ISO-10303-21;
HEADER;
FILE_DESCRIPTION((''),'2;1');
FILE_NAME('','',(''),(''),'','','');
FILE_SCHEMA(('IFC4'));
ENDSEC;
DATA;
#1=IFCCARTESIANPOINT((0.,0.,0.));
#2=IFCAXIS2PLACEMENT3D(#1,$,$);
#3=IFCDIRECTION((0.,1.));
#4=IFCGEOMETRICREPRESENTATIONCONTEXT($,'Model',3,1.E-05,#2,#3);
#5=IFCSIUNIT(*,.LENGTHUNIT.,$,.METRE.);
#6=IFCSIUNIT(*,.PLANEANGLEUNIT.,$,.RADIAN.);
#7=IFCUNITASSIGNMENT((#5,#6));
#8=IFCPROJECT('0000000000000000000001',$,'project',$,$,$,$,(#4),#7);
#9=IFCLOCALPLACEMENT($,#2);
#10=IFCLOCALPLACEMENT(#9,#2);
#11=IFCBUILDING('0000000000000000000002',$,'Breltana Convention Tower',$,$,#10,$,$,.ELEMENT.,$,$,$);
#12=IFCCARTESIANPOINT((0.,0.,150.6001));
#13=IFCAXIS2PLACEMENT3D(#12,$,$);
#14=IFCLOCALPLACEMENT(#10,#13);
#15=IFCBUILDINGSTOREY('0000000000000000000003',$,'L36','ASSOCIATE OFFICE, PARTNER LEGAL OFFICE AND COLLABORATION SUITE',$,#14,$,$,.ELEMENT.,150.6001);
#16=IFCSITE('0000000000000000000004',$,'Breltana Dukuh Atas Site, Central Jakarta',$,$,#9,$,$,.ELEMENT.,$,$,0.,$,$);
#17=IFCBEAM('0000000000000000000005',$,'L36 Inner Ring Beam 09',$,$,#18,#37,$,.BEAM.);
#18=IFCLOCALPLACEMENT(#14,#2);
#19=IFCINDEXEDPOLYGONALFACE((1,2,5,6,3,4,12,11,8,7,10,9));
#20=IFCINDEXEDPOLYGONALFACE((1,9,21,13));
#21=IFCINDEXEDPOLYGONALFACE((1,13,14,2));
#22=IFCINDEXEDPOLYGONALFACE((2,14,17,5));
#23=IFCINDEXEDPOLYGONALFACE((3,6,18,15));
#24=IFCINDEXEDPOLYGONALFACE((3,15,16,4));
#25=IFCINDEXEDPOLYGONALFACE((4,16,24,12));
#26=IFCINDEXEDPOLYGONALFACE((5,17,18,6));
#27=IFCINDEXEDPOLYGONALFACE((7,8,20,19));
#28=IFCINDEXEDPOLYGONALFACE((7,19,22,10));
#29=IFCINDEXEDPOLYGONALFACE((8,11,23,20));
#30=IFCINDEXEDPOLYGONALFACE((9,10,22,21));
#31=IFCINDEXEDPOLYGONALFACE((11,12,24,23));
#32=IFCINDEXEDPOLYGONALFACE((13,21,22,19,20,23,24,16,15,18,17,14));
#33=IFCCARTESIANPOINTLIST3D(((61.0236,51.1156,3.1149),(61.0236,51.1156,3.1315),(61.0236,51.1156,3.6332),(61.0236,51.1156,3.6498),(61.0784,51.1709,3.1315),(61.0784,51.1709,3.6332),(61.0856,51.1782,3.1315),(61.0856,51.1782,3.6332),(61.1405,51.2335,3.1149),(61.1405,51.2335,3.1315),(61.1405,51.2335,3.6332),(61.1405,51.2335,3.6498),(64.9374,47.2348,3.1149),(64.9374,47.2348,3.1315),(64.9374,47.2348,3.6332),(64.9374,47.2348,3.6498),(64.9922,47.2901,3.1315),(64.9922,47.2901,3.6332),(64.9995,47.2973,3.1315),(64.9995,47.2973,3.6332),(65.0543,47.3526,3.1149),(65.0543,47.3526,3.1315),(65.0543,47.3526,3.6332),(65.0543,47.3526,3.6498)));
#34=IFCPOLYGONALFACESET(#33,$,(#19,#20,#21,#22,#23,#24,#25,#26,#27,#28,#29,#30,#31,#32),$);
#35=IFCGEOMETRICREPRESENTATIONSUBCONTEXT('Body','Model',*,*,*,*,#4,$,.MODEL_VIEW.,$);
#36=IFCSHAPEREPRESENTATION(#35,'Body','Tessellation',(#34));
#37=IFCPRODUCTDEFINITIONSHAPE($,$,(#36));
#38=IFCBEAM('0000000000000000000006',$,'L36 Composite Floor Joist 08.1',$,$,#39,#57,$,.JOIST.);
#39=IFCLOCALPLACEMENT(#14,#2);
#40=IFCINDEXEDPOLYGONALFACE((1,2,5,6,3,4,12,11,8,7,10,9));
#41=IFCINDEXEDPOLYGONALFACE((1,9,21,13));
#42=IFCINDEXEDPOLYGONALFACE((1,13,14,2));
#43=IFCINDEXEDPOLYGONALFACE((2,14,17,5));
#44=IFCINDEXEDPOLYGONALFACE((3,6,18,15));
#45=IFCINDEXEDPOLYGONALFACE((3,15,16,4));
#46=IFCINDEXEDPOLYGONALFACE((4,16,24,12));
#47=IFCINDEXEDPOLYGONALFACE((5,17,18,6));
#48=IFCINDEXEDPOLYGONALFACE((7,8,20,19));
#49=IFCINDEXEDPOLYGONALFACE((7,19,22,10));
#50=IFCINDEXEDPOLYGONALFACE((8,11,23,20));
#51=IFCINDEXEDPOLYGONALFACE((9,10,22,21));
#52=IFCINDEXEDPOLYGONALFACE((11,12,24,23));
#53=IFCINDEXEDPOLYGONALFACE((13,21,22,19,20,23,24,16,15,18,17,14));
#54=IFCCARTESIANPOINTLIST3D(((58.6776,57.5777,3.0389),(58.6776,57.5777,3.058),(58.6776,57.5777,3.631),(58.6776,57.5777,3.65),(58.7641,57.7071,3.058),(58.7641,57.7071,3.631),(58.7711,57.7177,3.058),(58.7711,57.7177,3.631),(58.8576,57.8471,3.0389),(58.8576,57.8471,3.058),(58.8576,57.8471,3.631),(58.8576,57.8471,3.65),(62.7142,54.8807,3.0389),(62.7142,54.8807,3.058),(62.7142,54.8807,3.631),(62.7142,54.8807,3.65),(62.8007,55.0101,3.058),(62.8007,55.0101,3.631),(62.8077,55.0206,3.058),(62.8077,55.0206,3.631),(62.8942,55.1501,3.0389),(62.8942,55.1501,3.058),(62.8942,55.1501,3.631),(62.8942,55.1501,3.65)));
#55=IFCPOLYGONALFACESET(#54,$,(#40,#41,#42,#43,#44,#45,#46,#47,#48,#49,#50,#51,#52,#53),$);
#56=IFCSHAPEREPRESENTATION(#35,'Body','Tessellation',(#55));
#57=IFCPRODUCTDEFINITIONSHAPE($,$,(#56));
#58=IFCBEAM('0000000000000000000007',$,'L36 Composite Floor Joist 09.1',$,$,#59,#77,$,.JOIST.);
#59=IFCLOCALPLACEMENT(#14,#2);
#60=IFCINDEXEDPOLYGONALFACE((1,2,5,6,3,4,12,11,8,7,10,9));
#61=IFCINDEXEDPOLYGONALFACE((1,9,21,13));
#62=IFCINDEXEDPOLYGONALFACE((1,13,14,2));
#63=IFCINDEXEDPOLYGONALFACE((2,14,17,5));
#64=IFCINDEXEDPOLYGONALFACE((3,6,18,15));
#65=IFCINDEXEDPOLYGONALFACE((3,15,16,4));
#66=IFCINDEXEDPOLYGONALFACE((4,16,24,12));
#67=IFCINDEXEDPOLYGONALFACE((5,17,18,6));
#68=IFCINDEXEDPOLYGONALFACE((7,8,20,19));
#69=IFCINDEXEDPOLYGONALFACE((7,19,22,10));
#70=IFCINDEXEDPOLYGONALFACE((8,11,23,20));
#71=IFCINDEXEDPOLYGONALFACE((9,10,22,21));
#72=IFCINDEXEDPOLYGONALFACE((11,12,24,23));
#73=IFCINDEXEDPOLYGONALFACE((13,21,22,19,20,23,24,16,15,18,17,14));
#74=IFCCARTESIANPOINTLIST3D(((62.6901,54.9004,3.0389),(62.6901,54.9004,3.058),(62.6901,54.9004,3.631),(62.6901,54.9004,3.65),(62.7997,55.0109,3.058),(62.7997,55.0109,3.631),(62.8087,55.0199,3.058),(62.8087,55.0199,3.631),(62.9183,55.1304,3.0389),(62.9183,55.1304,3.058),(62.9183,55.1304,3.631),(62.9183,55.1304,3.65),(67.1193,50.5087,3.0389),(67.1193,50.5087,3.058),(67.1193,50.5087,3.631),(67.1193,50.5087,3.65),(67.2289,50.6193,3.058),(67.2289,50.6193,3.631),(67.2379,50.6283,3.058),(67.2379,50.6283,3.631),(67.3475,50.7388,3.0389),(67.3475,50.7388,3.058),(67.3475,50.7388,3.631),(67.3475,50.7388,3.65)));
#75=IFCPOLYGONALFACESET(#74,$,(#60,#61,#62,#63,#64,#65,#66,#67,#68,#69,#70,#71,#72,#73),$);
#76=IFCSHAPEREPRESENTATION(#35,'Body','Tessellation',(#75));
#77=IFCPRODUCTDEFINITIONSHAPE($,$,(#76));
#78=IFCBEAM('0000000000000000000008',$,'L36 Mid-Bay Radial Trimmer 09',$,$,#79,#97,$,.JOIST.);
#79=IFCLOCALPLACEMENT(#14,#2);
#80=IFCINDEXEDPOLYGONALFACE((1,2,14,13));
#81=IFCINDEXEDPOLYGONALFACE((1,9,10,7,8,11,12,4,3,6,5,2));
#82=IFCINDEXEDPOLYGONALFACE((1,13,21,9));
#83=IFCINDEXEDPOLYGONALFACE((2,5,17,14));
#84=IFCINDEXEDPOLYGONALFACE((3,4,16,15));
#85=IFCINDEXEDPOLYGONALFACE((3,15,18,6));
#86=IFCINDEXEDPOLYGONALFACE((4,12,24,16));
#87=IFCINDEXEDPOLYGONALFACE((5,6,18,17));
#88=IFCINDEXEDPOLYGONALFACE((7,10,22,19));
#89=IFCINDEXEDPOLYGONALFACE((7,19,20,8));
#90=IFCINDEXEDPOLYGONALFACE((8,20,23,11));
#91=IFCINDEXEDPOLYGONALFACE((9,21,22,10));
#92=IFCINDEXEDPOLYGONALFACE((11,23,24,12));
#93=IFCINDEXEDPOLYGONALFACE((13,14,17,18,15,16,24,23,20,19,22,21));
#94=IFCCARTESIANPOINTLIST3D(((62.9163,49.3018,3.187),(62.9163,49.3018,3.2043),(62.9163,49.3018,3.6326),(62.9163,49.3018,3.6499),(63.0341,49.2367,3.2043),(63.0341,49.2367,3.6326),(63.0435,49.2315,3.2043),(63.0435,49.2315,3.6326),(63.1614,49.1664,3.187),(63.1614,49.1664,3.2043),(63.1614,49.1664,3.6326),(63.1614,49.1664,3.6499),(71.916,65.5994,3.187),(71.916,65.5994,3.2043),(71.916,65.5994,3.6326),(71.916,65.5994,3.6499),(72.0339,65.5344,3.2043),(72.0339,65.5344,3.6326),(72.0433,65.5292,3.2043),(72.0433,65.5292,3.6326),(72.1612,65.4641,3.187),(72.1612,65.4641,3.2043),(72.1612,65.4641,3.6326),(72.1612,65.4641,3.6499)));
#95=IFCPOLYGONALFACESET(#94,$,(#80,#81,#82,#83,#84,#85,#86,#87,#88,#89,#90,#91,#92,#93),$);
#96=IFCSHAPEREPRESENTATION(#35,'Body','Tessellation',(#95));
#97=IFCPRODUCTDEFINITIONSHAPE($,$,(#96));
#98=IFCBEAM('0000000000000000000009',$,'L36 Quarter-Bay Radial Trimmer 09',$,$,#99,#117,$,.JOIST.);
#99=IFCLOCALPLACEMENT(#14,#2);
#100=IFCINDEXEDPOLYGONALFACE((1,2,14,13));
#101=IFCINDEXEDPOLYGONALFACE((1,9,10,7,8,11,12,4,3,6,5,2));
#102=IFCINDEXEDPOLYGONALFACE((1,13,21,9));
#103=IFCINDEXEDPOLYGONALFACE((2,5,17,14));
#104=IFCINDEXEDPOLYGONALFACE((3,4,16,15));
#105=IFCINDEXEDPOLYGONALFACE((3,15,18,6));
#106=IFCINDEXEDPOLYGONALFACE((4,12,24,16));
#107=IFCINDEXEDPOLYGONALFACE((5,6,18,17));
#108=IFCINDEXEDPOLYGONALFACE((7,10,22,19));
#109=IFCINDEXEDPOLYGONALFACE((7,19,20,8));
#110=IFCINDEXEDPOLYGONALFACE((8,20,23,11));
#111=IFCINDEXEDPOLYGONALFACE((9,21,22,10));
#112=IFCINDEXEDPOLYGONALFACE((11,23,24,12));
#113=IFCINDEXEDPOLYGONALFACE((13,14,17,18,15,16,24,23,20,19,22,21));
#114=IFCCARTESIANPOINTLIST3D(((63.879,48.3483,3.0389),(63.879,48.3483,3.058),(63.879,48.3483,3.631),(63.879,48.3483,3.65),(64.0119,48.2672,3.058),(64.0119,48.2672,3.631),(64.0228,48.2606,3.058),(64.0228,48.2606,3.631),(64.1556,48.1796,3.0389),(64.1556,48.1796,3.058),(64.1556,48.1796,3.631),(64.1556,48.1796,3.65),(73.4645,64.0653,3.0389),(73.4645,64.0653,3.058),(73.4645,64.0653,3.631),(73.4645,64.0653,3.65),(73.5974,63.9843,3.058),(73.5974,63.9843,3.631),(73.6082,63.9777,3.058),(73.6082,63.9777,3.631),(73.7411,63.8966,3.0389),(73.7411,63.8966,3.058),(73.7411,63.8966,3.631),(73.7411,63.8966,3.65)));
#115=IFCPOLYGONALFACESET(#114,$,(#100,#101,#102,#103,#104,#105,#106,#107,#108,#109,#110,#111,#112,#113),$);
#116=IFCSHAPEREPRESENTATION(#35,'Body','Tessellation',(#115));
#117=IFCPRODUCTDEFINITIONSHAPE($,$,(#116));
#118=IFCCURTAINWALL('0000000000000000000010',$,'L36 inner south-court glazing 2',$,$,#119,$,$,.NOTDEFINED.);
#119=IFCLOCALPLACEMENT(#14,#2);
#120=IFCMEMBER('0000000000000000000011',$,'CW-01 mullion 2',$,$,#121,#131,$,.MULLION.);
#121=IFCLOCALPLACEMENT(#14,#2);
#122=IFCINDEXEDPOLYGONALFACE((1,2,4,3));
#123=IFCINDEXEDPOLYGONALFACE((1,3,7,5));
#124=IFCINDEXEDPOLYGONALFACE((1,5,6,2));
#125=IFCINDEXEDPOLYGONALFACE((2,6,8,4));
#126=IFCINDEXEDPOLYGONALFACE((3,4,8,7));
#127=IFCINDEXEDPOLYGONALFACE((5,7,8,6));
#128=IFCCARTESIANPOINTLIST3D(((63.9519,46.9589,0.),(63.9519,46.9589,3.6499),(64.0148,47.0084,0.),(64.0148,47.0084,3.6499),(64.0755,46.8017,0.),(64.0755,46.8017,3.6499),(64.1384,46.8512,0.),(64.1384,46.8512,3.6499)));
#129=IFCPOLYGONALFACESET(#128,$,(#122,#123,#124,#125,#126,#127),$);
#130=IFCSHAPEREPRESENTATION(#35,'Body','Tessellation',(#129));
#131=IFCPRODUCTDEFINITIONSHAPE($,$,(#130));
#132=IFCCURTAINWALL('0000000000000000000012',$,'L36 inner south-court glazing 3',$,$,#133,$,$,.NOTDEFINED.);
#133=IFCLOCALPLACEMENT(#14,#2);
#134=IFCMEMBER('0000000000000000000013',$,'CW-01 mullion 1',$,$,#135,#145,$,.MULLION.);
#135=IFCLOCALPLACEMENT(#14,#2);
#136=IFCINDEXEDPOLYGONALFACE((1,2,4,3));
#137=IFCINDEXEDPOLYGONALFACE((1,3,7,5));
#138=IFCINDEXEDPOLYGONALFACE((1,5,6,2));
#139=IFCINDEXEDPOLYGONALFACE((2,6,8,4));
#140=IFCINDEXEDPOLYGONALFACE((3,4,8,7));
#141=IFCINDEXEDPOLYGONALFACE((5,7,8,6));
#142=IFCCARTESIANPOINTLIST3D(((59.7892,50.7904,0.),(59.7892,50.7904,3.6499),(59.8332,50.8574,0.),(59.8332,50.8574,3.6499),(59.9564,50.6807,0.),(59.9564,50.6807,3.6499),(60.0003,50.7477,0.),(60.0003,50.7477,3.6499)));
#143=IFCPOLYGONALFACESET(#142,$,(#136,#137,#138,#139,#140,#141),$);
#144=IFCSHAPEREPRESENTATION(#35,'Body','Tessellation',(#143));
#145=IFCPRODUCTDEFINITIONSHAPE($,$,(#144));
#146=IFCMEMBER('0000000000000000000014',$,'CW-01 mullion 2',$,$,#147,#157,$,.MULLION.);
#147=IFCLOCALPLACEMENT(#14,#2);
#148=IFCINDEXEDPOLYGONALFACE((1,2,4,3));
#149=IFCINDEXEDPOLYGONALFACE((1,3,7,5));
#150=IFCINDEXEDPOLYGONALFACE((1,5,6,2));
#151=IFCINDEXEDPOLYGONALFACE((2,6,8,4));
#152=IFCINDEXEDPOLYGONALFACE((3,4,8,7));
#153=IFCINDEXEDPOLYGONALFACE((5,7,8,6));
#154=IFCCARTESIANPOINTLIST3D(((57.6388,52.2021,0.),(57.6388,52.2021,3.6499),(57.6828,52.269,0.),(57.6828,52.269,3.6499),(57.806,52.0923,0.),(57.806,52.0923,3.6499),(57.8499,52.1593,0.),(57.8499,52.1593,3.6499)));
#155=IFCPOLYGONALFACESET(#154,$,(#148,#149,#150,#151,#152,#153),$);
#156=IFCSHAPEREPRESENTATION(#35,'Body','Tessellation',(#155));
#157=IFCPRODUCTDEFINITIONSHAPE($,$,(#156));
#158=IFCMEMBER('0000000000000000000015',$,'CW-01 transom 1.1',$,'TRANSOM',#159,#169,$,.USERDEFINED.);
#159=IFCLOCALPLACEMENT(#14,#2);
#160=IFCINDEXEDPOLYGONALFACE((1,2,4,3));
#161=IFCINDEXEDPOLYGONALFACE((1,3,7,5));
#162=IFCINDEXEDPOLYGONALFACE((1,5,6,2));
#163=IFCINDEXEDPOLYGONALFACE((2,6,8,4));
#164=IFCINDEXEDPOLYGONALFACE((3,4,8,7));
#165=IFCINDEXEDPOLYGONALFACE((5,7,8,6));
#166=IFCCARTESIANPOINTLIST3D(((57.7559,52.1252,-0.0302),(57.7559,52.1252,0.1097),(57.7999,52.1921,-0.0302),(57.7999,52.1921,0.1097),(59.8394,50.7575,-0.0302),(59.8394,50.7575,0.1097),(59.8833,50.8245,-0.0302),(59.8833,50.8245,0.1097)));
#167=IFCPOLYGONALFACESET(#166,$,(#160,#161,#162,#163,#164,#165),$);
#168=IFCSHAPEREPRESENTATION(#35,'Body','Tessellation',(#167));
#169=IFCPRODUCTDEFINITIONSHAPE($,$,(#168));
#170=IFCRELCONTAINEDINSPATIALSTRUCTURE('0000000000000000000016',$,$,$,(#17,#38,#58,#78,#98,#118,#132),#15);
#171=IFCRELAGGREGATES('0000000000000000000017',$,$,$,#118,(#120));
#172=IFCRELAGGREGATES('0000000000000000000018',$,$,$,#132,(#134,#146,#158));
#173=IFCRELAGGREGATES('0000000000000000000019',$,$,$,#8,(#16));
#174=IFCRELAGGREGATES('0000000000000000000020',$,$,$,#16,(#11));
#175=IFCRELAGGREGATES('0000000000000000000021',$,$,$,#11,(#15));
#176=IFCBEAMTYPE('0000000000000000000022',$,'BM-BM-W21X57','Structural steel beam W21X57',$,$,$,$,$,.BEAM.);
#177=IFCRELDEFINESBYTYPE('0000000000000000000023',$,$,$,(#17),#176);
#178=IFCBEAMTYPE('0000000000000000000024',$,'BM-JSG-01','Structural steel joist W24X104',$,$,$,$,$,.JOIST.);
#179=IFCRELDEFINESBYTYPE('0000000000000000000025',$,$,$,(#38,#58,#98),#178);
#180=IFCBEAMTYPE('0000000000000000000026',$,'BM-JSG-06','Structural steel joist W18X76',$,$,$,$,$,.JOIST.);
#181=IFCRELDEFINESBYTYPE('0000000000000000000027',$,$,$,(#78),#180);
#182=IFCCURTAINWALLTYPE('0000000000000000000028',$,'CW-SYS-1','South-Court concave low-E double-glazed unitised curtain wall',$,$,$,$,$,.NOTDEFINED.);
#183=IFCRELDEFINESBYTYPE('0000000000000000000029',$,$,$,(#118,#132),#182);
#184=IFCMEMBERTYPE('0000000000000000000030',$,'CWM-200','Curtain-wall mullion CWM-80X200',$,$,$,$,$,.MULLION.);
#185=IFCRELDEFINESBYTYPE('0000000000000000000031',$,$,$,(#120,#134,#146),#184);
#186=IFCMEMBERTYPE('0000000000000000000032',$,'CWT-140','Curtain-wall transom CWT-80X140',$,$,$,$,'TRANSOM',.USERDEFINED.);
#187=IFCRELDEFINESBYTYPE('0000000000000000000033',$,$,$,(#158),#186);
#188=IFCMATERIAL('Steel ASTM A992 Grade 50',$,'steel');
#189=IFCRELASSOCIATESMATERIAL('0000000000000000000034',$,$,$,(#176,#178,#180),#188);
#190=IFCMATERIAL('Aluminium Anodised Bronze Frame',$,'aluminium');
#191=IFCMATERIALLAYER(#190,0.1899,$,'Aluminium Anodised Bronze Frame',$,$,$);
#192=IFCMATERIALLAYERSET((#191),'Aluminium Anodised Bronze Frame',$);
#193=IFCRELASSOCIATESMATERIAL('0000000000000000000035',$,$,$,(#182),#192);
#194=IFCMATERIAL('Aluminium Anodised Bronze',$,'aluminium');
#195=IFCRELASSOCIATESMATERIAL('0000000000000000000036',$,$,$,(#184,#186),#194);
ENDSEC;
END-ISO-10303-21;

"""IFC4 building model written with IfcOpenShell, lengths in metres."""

from ifc_helpers import new_model, si_unit, direction, frame, origin, origin_2d, place, context, subcontext, project, spatial, rectangle, i_section, extrude, source, transform, mapped, material, layer, layer_set, material_profile, profile_set, type_object, element, aggregate, save


model = new_model("IFC4")

# Units and contexts
model_context = context("Model", 3, precision=1e-05, world=origin(), true_north=direction((0.0, 1.0)))
body_context = subcontext(model_context, "Body", "Model", "MODEL_VIEW")
ifc_project = project(units=[si_unit("LENGTHUNIT", "METRE"), si_unit("PLANEANGLEUNIT", "RADIAN")], contexts=[model_context])

# Site, building, storey
site_placement = place(None, origin())
site = spatial("IfcSite", under=ifc_project, at=site_placement, Name="Breltana Dukuh Atas Site, Central Jakarta", CompositionType="ELEMENT", RefElevation=0.0)
building_placement = place(site_placement, origin())
building = spatial("IfcBuilding", under=site, at=building_placement, Name="Breltana Convention Tower", CompositionType="ELEMENT")
storey_placement = place(building_placement, frame((0.0, 0.0, 150.6001)))
storey = spatial("IfcBuildingStorey", under=building, at=storey_placement, Name="L36", Description="ASSOCIATE OFFICE, PARTNER LEGAL OFFICE AND COLLABORATION SUITE", CompositionType="ELEMENT", Elevation=150.6001)

# Beams
ifc_material_1 = material(Name="Steel ASTM A992 Grade 50", Category="steel")
ifc_material_profile_1 = material_profile(ifc_material_1, i_section(OverallWidth=0.166, OverallDepth=0.5349, WebThickness=0.0103, FlangeThickness=0.0166, at=origin_2d()), Name="W21X57")
ifc_profile_set_1 = profile_set([ifc_material_profile_1], Name="Steel ASTM A992 Grade 50")
beam_type_1 = type_object("IfcBeamType", Name="BM-BM-W21X57", Description="Structural steel beam W21X57", PredefinedType="BEAM", material=ifc_profile_set_1)
shared_shape_1 = source(origin(), body_context, "Body", "SweptSolid", [
    extrude(i_section(OverallWidth=0.166, OverallDepth=0.5349, WebThickness=0.0103, FlangeThickness=0.0166, at=origin_2d()), origin(), (0.0, 0.0, 1.0), 5.5117),
])
beam_1_placement = place(storey_placement, frame((61.082, 51.1746, 3.3823), z_axis=(0.71009, -0.704111, 0.0), x_axis=(0.704111, 0.71009, 0.0)))
element("IfcBeam", 1, at=beam_1_placement, inside=storey, type_object=beam_type_1, Name="L36 Inner Ring Beam 09", PredefinedType="BEAM", context=body_context, shape_type="MappedRepresentation", body=[
    mapped(shared_shape_1, transform((0.0, 0.0, 0.0), scale=1.0)),
])
ifc_material_profile_2 = material_profile(ifc_material_1, i_section(OverallWidth=0.324, OverallDepth=0.6111, WebThickness=0.0127, FlangeThickness=0.019, at=origin_2d()), Name="W24X104")
ifc_profile_set_2 = profile_set([ifc_material_profile_2], Name="Steel ASTM A992 Grade 50")
beam_type_2 = type_object("IfcBeamType", Name="BM-JSG-01", Description="Structural steel joist W24X104", PredefinedType="JOIST", material=ifc_profile_set_2)
shared_shape_2 = source(origin(), body_context, "Body", "SweptSolid", [
    extrude(i_section(OverallWidth=0.324, OverallDepth=0.6111, WebThickness=0.0127, FlangeThickness=0.019, at=origin_2d()), origin(), (0.0, 0.0, 1.0), 4.8547),
])
beam_2_placement = place(storey_placement, frame((58.7676, 57.7124, 3.3445), z_axis=(0.831485, -0.555547, 0.0), x_axis=(0.555547, 0.831485, 0.0)))
element("IfcBeam", 2, at=beam_2_placement, inside=storey, type_object=beam_type_2, Name="L36 Composite Floor Joist 08.1", PredefinedType="JOIST", context=body_context, shape_type="MappedRepresentation", body=[
    mapped(shared_shape_2, transform((0.0, 0.0, 0.0), scale=1.0)),
])
shared_shape_3 = source(origin(), body_context, "Body", "SweptSolid", [
    extrude(i_section(OverallWidth=0.324, OverallDepth=0.6111, WebThickness=0.0127, FlangeThickness=0.019, at=origin_2d()), origin(), (0.0, 0.0, 1.0), 6.2373),
])
beam_3_placement = place(storey_placement, frame((62.8042, 55.0154, 3.3445), z_axis=(0.710114, -0.704086, 0.0), x_axis=(0.704086, 0.710114, 0.0)))
element("IfcBeam", 3, at=beam_3_placement, inside=storey, type_object=beam_type_2, Name="L36 Composite Floor Joist 09.1", PredefinedType="JOIST", context=body_context, shape_type="MappedRepresentation", body=[
    mapped(shared_shape_3, transform((0.0, 0.0, 0.0), scale=1.0)),
])
ifc_material_profile_3 = material_profile(ifc_material_1, i_section(OverallWidth=0.28, OverallDepth=0.4629, WebThickness=0.0107, FlangeThickness=0.0173, at=origin_2d()), Name="W18X76")
ifc_profile_set_3 = profile_set([ifc_material_profile_3], Name="Steel ASTM A992 Grade 50")
beam_type_3 = type_object("IfcBeamType", Name="BM-JSG-06", Description="Structural steel joist W18X76", PredefinedType="JOIST", material=ifc_profile_set_3)
shared_shape_4 = source(origin(), body_context, "Body", "SweptSolid", [
    extrude(i_section(OverallWidth=0.28, OverallDepth=0.4629, WebThickness=0.0107, FlangeThickness=0.0173, at=origin_2d()), origin(), (0.0, 0.0, 1.0), 18.6174),
])
beam_4_placement = place(storey_placement, frame((63.0388, 49.2341, 3.4185), z_axis=(0.483406, 0.875396, 0.0), x_axis=(-0.875396, 0.483406, 0.0)))
element("IfcBeam", 4, at=beam_4_placement, inside=storey, type_object=beam_type_3, Name="L36 Mid-Bay Radial Trimmer 09", PredefinedType="JOIST", context=body_context, shape_type="MappedRepresentation", body=[
    mapped(shared_shape_4, transform((0.0, 0.0, 0.0), scale=1.0)),
])
shared_shape_5 = source(origin(), body_context, "Body", "SweptSolid", [
    extrude(i_section(OverallWidth=0.324, OverallDepth=0.6111, WebThickness=0.0127, FlangeThickness=0.019, at=origin_2d()), origin(), (0.0, 0.0, 1.0), 18.4094),
])
beam_5_placement = place(storey_placement, frame((64.0173, 48.2639, 3.3445), z_axis=(0.520682, 0.853751, 0.0), x_axis=(-0.853751, 0.520682, 0.0)))
element("IfcBeam", 5, at=beam_5_placement, inside=storey, type_object=beam_type_2, Name="L36 Quarter-Bay Radial Trimmer 09", PredefinedType="JOIST", context=body_context, shape_type="MappedRepresentation", body=[
    mapped(shared_shape_5, transform((0.0, 0.0, 0.0), scale=1.0)),
])

# Curtain wall, member
ifc_material_2 = material(Name="Aluminium Anodised Bronze Frame", Category="aluminium")
ifc_layer_1 = layer(ifc_material_2, 0.1899, Name="Aluminium Anodised Bronze Frame")
ifc_layer_set_1 = layer_set([ifc_layer_1], Name="Aluminium Anodised Bronze Frame")
curtain_wall_type = type_object("IfcCurtainWallType", Name="CW-SYS-1", Description="South-Court concave low-E double-glazed unitised curtain wall", PredefinedType="NOTDEFINED", material=ifc_layer_set_1)
curtain_wall_1_placement = place(storey_placement, origin())
curtain_wall_1 = element("IfcCurtainWall", 6, at=curtain_wall_1_placement, inside=storey, type_object=curtain_wall_type, Name="L36 inner south-court glazing 2", PredefinedType="NOTDEFINED")
ifc_material_3 = material(Name="Aluminium Anodised Bronze", Category="aluminium")
ifc_material_profile_4 = material_profile(ifc_material_3, rectangle(XDim=0.0801, YDim=0.2, at=origin_2d()), Name="CWM-80X200")
ifc_profile_set_4 = profile_set([ifc_material_profile_4], Name="Aluminium Anodised Bronze")
member_type_1 = type_object("IfcMemberType", Name="CWM-200", Description="Curtain-wall mullion CWM-80X200", PredefinedType="MULLION", material=ifc_profile_set_4)
shared_shape_6 = source(origin(), body_context, "Body", "SweptSolid", [
    extrude(rectangle(XDim=0.0801, YDim=0.2, at=origin_2d()), origin(), (0.0, 0.0, 1.0), 3.6499),
])
member_1_placement = place(storey_placement, frame((64.0452, 46.905, 0.0), z_axis=(0.0, 0.0, 1.0), x_axis=(-0.786051, -0.618161, 0.0)))
member_1 = element("IfcMember", 7, at=member_1_placement, type_object=member_type_1, Name="CW-01 mullion 2", PredefinedType="MULLION", context=body_context, shape_type="MappedRepresentation", body=[
    mapped(shared_shape_6, transform((0.0, 0.0, 0.0), scale=1.0)),
])

# Curtain wall, members
curtain_wall_2_placement = place(storey_placement, origin())
curtain_wall_2 = element("IfcCurtainWall", 8, at=curtain_wall_2_placement, inside=storey, type_object=curtain_wall_type, Name="L36 inner south-court glazing 3", PredefinedType="NOTDEFINED")
member_2_placement = place(storey_placement, frame((59.8948, 50.769, 0.0), z_axis=(0.0, 0.0, 1.0), x_axis=(-0.548752, -0.835985, 0.0)))
member_2 = element("IfcMember", 9, at=member_2_placement, type_object=member_type_1, Name="CW-01 mullion 1", PredefinedType="MULLION", context=body_context, shape_type="MappedRepresentation", body=[
    mapped(shared_shape_6, transform((0.0, 0.0, 0.0), scale=1.0)),
])
member_3_placement = place(storey_placement, frame((57.7444, 52.1807, 0.0), z_axis=(0.0, 0.0, 1.0), x_axis=(-0.548752, -0.835985, 0.0)))
member_3 = element("IfcMember", 10, at=member_3_placement, type_object=member_type_1, Name="CW-01 mullion 2", PredefinedType="MULLION", context=body_context, shape_type="MappedRepresentation", body=[
    mapped(shared_shape_6, transform((0.0, 0.0, 0.0), scale=1.0)),
])
ifc_material_profile_5 = material_profile(ifc_material_3, rectangle(XDim=0.0801, YDim=0.1399, at=origin_2d()), Name="CWT-80X140")
ifc_profile_set_5 = profile_set([ifc_material_profile_5], Name="Aluminium Anodised Bronze")
member_type_2 = type_object("IfcMemberType", Name="CWT-140", Description="Curtain-wall transom CWT-80X140", ElementType="TRANSOM", PredefinedType="USERDEFINED", material=ifc_profile_set_5)
shared_shape_7 = source(origin(), body_context, "Body", "SweptSolid", [
    extrude(rectangle(XDim=0.0801, YDim=0.1399, at=origin_2d()), origin(), (0.0, 0.0, 1.0), 2.4922),
])
member_4_placement = place(storey_placement, frame((59.8613, 50.791, 0.0398), z_axis=(-0.835978, 0.548763, 0.0), x_axis=(-0.548763, -0.835978, 0.0)))
member_4 = element("IfcMember", 11, at=member_4_placement, type_object=member_type_2, Name="CW-01 transom 1.1", ObjectType="TRANSOM", PredefinedType="USERDEFINED", context=body_context, shape_type="MappedRepresentation", body=[
    mapped(shared_shape_7, transform((0.0, 0.0, 0.0), scale=1.0)),
])

aggregate(curtain_wall_1, [member_1])
aggregate(curtain_wall_2, [member_2, member_3, member_4])

save(model, "model.ifc")
